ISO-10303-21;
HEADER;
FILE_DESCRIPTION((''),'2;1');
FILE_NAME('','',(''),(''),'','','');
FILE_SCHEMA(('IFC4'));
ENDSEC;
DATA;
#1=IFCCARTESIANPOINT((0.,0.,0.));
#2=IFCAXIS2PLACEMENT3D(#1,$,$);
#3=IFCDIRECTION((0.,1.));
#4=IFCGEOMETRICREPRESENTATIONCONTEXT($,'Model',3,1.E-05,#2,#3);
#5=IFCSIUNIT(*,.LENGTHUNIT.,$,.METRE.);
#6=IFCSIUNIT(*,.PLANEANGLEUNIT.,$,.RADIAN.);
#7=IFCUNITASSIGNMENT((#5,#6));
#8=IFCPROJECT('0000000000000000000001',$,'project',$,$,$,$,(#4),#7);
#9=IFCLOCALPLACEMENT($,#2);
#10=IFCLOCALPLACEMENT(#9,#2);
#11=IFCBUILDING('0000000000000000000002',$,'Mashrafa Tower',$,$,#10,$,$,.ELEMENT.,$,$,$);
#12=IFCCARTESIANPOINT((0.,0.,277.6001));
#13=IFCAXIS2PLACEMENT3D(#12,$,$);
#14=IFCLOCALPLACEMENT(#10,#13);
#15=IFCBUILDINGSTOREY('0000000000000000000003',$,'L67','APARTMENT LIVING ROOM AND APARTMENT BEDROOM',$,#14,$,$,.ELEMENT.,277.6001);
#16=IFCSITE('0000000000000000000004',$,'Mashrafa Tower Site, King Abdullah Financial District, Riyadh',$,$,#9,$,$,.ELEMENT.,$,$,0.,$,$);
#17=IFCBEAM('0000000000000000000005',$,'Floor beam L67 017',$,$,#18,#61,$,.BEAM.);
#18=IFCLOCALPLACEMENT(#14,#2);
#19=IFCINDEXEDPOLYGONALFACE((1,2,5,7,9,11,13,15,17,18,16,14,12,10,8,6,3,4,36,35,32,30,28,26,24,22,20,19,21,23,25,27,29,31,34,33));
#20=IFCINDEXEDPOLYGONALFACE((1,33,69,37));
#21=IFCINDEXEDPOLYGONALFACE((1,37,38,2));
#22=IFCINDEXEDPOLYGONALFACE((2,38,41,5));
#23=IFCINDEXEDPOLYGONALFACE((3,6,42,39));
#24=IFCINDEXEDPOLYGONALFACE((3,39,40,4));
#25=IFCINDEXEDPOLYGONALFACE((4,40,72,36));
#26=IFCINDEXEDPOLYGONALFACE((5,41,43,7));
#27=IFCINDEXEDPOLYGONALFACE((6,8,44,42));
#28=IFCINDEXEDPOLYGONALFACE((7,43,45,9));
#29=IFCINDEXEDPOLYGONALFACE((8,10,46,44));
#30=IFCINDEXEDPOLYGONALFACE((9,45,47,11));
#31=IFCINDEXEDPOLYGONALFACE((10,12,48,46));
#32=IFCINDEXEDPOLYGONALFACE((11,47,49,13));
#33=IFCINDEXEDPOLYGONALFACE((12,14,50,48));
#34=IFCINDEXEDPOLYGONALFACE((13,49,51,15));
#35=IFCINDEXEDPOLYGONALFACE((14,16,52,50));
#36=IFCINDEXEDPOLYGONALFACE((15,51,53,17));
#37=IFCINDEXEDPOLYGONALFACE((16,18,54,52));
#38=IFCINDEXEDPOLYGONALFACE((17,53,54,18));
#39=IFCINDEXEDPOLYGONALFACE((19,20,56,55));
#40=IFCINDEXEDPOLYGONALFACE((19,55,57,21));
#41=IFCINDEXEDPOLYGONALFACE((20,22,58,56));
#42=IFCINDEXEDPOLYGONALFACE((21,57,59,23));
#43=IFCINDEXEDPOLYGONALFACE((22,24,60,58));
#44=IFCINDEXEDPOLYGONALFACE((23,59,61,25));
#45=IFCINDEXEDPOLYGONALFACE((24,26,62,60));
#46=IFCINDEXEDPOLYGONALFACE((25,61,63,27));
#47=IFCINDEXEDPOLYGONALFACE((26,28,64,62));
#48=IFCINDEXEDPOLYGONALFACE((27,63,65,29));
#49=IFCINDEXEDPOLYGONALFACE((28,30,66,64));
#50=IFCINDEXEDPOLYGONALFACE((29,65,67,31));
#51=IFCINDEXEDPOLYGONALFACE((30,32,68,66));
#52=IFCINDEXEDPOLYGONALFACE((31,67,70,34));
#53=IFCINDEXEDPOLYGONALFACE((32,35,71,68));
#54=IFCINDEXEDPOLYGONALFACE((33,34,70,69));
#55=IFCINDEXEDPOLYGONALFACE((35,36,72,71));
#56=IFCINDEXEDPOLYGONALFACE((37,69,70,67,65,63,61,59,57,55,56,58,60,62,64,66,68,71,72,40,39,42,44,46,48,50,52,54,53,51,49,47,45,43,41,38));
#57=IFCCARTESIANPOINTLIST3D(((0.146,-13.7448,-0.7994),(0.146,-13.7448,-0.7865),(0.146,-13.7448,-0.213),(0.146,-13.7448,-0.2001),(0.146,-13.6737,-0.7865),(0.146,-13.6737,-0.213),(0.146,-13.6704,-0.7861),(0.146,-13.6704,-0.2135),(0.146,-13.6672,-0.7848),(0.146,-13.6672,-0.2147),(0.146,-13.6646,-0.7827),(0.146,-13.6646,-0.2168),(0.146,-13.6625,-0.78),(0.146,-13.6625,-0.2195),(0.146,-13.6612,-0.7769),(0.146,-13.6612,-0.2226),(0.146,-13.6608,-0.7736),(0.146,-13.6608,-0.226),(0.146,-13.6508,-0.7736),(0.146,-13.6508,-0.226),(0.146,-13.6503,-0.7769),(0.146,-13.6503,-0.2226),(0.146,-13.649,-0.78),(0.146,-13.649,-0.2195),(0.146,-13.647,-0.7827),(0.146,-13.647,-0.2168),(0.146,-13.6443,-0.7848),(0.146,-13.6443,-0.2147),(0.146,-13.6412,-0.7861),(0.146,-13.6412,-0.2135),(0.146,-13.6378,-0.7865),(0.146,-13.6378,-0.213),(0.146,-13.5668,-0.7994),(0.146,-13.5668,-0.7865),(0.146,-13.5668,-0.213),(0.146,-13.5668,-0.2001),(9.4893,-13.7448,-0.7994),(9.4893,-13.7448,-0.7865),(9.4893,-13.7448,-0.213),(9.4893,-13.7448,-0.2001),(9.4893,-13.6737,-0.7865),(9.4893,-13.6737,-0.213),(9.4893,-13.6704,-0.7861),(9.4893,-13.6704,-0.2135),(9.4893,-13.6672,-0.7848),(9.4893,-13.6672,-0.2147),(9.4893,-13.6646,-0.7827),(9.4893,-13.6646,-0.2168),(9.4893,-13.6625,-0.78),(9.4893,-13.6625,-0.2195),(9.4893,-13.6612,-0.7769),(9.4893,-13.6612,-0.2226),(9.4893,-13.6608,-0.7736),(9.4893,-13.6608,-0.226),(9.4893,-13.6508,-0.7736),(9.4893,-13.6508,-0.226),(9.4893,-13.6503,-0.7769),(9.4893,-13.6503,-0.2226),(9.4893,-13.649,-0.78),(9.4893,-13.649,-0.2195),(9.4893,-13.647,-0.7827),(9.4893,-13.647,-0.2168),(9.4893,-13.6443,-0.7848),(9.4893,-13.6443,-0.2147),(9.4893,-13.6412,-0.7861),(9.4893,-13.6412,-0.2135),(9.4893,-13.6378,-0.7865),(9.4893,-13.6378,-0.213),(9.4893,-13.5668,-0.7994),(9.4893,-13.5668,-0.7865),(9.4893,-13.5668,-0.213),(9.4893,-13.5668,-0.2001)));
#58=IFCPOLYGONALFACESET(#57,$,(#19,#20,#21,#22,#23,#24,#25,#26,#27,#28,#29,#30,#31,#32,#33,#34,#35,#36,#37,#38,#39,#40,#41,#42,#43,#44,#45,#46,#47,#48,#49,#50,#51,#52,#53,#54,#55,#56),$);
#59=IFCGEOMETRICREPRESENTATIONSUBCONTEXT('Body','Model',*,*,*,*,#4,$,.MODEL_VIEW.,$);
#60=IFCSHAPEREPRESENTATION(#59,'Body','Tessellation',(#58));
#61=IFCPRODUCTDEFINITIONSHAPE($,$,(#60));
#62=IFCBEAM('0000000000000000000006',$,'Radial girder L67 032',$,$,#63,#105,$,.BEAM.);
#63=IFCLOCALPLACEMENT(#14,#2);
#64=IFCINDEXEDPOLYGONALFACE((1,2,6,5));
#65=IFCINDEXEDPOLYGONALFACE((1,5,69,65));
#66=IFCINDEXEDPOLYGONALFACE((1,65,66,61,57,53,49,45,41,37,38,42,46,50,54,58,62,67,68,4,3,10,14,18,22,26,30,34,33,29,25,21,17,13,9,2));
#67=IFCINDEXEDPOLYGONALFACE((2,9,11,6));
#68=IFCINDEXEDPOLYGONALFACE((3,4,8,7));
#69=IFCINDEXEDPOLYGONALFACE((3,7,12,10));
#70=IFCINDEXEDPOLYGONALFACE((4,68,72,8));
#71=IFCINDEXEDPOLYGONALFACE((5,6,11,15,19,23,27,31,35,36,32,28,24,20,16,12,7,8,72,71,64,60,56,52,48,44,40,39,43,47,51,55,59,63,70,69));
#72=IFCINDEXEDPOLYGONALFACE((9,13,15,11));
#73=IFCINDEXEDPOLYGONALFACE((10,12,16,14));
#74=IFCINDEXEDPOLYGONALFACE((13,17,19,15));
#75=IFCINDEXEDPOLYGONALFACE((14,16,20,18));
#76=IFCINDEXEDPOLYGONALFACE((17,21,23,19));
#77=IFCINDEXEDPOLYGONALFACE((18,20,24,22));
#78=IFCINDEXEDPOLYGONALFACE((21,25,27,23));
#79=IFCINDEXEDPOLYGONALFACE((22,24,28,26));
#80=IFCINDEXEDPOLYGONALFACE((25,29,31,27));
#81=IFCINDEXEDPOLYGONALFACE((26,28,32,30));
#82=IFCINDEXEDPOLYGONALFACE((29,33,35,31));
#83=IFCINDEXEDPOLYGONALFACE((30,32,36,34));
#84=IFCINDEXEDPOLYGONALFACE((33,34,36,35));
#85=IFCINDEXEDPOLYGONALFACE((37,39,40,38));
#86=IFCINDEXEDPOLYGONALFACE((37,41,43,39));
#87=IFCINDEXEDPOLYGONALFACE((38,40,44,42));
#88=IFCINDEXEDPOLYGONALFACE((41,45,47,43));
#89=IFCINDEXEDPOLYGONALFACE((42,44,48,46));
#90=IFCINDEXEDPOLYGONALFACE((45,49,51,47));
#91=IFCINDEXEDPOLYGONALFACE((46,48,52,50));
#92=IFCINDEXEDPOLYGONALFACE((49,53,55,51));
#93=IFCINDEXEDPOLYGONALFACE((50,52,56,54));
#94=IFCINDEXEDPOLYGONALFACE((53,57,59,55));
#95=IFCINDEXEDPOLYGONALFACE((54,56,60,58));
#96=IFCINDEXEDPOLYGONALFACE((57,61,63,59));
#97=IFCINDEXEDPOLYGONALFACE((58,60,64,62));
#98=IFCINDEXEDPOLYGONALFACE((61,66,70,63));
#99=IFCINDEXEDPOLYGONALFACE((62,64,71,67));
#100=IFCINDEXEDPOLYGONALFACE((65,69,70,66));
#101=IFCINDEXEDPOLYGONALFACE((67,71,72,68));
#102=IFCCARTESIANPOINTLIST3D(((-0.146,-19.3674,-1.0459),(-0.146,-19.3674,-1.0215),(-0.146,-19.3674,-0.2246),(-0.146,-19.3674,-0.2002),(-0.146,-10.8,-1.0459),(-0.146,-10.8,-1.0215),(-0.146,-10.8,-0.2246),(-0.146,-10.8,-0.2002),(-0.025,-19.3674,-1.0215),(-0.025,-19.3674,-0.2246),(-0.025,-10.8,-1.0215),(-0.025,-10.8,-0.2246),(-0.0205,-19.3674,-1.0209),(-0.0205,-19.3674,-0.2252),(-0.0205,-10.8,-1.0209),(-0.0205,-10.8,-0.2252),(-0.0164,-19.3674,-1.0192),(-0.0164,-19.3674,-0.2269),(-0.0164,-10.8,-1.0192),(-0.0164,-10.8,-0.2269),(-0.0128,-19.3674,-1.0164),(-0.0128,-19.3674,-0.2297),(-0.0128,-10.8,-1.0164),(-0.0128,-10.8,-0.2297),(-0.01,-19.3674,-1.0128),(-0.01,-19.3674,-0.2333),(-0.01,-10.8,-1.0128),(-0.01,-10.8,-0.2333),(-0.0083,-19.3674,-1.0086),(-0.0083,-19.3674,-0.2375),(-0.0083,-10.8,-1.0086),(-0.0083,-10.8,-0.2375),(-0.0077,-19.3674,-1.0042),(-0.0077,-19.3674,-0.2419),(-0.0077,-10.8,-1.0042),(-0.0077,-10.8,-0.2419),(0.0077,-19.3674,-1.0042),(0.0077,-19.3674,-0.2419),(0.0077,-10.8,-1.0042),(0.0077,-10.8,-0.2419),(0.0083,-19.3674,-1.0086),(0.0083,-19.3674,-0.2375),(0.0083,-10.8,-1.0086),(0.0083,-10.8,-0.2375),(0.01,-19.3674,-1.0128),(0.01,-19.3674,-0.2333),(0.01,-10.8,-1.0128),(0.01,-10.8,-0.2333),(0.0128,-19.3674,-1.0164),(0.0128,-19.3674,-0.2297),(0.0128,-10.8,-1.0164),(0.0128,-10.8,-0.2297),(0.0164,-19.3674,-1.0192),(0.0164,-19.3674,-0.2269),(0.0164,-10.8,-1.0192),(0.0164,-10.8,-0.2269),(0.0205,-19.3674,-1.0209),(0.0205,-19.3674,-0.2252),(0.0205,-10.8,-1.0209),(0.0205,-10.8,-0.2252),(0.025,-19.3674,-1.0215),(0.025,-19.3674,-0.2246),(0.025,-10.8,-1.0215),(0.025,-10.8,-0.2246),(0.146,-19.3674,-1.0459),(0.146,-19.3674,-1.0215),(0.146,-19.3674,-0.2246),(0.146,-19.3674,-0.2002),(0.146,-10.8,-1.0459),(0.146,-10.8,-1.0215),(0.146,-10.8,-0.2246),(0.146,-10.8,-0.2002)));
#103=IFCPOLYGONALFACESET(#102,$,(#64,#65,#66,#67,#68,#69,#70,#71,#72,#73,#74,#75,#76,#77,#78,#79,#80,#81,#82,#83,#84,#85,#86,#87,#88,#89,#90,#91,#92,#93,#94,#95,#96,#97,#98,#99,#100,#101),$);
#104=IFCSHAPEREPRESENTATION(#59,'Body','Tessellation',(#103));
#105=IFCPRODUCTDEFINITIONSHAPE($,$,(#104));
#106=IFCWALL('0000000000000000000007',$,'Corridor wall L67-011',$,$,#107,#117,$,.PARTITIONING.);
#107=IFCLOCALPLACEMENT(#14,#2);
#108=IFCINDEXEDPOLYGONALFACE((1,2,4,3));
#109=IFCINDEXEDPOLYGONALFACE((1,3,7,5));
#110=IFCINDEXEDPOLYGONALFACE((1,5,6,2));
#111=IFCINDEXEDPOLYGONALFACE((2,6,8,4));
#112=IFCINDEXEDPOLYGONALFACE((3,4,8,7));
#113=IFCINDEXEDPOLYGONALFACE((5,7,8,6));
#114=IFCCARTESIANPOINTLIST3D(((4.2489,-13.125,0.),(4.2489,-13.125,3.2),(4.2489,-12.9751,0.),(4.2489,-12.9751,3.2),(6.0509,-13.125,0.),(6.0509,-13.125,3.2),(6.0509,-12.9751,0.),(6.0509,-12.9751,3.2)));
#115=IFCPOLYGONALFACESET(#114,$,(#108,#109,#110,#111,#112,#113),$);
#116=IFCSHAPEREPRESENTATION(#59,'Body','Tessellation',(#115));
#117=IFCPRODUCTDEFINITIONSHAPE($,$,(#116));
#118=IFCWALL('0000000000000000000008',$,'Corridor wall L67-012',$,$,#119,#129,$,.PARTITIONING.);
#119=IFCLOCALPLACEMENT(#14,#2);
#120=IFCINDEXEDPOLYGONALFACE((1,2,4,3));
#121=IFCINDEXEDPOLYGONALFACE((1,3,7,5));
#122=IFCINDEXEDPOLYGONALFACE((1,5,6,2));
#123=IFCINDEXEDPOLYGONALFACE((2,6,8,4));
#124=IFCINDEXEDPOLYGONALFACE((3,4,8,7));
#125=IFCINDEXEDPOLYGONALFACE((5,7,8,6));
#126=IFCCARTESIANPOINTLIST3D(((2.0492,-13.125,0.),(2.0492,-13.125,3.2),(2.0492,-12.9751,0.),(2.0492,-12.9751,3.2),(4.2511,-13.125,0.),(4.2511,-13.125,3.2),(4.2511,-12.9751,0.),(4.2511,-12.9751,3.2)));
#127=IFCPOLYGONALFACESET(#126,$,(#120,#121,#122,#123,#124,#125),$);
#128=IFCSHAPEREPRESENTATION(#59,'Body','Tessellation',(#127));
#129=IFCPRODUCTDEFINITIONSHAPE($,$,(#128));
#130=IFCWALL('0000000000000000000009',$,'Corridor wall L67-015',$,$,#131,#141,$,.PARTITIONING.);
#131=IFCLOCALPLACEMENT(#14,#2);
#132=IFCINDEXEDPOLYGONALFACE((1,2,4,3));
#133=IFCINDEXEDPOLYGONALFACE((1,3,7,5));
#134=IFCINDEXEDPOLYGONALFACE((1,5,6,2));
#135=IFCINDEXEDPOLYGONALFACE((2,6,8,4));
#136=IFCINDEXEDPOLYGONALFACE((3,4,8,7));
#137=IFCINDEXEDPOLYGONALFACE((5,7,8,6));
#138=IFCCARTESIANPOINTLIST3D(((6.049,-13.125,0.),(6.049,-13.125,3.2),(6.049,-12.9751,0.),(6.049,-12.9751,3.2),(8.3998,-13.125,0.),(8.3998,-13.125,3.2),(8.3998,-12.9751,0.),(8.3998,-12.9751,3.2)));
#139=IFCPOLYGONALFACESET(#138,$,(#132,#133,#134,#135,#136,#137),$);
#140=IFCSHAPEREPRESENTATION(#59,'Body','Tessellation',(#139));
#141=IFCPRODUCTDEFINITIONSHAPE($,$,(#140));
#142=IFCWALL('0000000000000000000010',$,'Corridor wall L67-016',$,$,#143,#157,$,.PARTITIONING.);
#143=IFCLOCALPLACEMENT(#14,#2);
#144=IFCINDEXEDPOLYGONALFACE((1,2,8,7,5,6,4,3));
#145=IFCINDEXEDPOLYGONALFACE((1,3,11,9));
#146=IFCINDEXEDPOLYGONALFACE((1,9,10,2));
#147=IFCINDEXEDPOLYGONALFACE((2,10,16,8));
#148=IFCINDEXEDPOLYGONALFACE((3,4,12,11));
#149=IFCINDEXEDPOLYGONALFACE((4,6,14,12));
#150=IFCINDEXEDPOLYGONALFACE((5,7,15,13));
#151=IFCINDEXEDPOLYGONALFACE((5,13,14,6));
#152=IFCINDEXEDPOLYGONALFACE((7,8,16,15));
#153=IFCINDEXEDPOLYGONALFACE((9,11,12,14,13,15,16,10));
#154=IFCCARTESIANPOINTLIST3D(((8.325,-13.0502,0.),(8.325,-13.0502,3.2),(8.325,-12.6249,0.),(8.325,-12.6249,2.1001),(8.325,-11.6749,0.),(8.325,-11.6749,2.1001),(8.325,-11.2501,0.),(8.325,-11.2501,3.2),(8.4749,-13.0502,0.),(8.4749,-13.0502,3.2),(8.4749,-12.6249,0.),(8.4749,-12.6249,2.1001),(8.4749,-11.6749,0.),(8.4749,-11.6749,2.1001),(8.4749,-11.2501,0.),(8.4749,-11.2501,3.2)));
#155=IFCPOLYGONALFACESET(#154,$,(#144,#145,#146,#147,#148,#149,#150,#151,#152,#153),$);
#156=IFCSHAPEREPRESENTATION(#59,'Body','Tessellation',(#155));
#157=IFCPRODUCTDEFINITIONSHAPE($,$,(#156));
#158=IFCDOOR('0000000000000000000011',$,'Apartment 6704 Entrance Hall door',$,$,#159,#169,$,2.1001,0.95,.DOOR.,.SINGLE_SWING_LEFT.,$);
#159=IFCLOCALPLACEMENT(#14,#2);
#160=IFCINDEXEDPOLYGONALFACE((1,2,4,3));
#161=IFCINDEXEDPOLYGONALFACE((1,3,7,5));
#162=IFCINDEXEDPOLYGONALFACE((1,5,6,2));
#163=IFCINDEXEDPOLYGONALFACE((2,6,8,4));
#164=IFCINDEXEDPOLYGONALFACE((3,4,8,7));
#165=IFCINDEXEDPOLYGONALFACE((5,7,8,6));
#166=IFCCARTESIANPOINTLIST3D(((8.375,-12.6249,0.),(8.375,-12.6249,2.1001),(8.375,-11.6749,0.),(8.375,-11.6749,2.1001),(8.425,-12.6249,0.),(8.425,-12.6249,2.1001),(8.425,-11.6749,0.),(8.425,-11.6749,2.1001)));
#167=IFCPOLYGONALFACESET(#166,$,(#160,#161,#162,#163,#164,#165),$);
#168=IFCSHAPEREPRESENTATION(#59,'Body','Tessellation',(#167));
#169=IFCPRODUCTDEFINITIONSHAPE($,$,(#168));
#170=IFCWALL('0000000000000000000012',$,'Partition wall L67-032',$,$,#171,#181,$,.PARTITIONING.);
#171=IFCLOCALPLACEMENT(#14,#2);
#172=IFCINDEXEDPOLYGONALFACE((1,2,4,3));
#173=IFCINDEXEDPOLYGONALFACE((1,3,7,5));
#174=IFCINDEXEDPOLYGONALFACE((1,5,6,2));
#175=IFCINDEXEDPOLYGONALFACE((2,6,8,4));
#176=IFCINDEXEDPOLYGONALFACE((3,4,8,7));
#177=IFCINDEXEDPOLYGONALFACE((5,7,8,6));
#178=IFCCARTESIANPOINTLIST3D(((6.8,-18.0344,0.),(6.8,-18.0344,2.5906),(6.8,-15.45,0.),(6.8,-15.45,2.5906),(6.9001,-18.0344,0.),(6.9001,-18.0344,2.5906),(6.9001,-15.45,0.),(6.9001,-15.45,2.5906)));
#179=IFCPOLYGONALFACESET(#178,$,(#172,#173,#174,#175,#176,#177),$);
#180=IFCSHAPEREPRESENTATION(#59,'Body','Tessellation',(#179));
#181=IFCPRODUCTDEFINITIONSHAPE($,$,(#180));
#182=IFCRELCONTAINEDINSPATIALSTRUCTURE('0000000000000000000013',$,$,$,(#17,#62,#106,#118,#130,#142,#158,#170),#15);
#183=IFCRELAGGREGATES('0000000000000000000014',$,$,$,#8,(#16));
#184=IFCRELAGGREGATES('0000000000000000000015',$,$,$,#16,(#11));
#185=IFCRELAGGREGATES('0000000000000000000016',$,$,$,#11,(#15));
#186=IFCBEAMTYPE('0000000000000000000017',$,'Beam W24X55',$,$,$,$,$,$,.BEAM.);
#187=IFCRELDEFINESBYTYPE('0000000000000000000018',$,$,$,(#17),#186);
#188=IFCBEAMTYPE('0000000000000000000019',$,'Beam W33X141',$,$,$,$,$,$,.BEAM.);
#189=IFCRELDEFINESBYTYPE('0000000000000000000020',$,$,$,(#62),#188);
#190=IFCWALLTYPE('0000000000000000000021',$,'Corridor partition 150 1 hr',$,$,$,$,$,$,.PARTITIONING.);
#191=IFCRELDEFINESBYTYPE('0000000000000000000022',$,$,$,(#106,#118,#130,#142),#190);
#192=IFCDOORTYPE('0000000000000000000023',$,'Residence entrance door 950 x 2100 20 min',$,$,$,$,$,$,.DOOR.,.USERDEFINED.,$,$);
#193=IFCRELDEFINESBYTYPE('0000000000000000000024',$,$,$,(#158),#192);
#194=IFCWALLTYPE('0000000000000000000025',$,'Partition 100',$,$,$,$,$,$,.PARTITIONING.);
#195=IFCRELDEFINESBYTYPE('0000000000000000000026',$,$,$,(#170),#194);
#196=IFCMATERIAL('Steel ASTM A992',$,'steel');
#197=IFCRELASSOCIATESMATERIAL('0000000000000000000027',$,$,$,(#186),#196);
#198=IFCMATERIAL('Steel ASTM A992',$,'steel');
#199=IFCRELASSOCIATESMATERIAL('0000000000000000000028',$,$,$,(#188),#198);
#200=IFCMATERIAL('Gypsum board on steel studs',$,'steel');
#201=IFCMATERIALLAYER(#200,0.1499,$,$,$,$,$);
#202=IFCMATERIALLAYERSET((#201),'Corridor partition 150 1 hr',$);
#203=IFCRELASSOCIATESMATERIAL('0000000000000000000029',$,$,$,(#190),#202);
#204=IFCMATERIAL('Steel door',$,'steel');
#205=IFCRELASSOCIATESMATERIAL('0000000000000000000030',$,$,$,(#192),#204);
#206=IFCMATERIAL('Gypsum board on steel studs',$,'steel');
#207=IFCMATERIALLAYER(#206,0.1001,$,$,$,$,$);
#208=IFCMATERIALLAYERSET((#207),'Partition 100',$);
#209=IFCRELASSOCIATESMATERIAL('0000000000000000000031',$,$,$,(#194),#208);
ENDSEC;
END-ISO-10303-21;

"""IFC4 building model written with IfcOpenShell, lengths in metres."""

from ifc_helpers import new_model, si_unit, direction, frame, frame_2d, origin, origin_2d, place, context, subcontext, project, spatial, rectangle, i_section, extrude, material, layer, layer_set, material_profile, profile_set, type_object, element, fill, save


model = new_model("IFC4")

# Units and contexts
model_context = context("Model", 3, precision=1e-05, world=origin(), true_north=direction((0.0, 1.0)))
body_context = subcontext(model_context, "Body", "Model", "MODEL_VIEW")
ifc_project = project(units=[si_unit("LENGTHUNIT", "METRE"), si_unit("PLANEANGLEUNIT", "RADIAN")], contexts=[model_context])

# Site, building, storey
site_placement = place(None, origin())
site = spatial("IfcSite", under=ifc_project, at=site_placement, Name="Mashrafa Tower Site, King Abdullah Financial District, Riyadh", CompositionType="ELEMENT", RefElevation=0.0)
building_placement = place(site_placement, origin())
building = spatial("IfcBuilding", under=site, at=building_placement, Name="Mashrafa Tower", CompositionType="ELEMENT")
storey_placement = place(building_placement, frame((0.0, 0.0, 277.6001)))
storey = spatial("IfcBuildingStorey", under=building, at=storey_placement, Name="L67", Description="APARTMENT LIVING ROOM AND APARTMENT BEDROOM", CompositionType="ELEMENT", Elevation=277.6001)

# Beams
ifc_material_1 = material(Name="Steel ASTM A992", Category="steel")
ifc_material_profile_1 = material_profile(ifc_material_1, i_section(OverallWidth=0.178, OverallDepth=0.5994, WebThickness=0.01, FlangeThickness=0.0129, FilletRadius=0.0129, at=origin_2d()), Name="W24X55")
ifc_profile_set_1 = profile_set([ifc_material_profile_1], Name="Steel ASTM A992")
beam_type_1 = type_object("IfcBeamType", Name="Beam W24X55", PredefinedType="BEAM", material=ifc_profile_set_1)
beam_1_placement = place(storey_placement, frame((9.4893, -13.6558, -0.4998), z_axis=(-1.0, 0.0, 0.0), x_axis=(0.0, -1.0, 0.0)))
element("IfcBeam", 1, at=beam_1_placement, inside=storey, type_object=beam_type_1, Name="Floor beam L67 017", PredefinedType="BEAM", context=body_context, shape_type="SweptSolid", body=[
    extrude(i_section(OverallWidth=0.178, OverallDepth=0.5994, WebThickness=0.01, FlangeThickness=0.0129, FilletRadius=0.0129, at=origin_2d()), origin(), (0.0, 0.0, 1.0), 9.3433),
])
ifc_material_2 = material(Name="Steel ASTM A992", Category="steel")
ifc_material_profile_2 = material_profile(ifc_material_2, i_section(OverallWidth=0.292, OverallDepth=0.8457, WebThickness=0.0154, FlangeThickness=0.0244, FilletRadius=0.0173, at=origin_2d()), Name="W33X141")
ifc_profile_set_2 = profile_set([ifc_material_profile_2], Name="Steel ASTM A992")
beam_type_2 = type_object("IfcBeamType", Name="Beam W33X141", PredefinedType="BEAM", material=ifc_profile_set_2)
beam_2_placement = place(storey_placement, frame((0.0, -10.8, -0.623), z_axis=(0.0, -1.0, 0.0), x_axis=(1.0, 0.0, 0.0)))
element("IfcBeam", 2, at=beam_2_placement, inside=storey, type_object=beam_type_2, Name="Radial girder L67 032", PredefinedType="BEAM", context=body_context, shape_type="SweptSolid", body=[
    extrude(i_section(OverallWidth=0.292, OverallDepth=0.8457, WebThickness=0.0154, FlangeThickness=0.0244, FilletRadius=0.0173, at=origin_2d()), origin(), (0.0, 0.0, 1.0), 8.5674),
])

# Walls
ifc_material_3 = material(Name="Gypsum board on steel studs", Category="steel")
ifc_layer_1 = layer(ifc_material_3, 0.1499)
ifc_layer_set_1 = layer_set([ifc_layer_1], Name="Corridor partition 150 1 hr")
wall_type_1 = type_object("IfcWallType", Name="Corridor partition 150 1 hr", PredefinedType="PARTITIONING", material=ifc_layer_set_1)
wall_1_placement = place(storey_placement, frame((4.249, -13.05, 0.0), z_axis=(0.0, 0.0, 1.0), x_axis=(1.0, 0.0, 0.0)))
element("IfcWall", 3, at=wall_1_placement, inside=storey, type_object=wall_type_1, Name="Corridor wall L67-011", PredefinedType="PARTITIONING", context=body_context, shape_type="SweptSolid", body=[
    extrude(rectangle(XDim=1.802, YDim=0.1499, at=frame_2d((0.9009, 0.0))), origin(), (0.0, 0.0, 1.0), 3.2),
])
wall_2_placement = place(storey_placement, frame((2.0491, -13.05, 0.0), z_axis=(0.0, 0.0, 1.0), x_axis=(1.0, 0.0, 0.0)))
element("IfcWall", 4, at=wall_2_placement, inside=storey, type_object=wall_type_1, Name="Corridor wall L67-012", PredefinedType="PARTITIONING", context=body_context, shape_type="SweptSolid", body=[
    extrude(rectangle(XDim=2.2019, YDim=0.1499, at=frame_2d((1.1011, 0.0))), origin(), (0.0, 0.0, 1.0), 3.2),
])
wall_3_placement = place(storey_placement, frame((6.0491, -13.05, 0.0), z_axis=(0.0, 0.0, 1.0), x_axis=(1.0, 0.0, 0.0)))
element("IfcWall", 5, at=wall_3_placement, inside=storey, type_object=wall_type_1, Name="Corridor wall L67-015", PredefinedType="PARTITIONING", context=body_context, shape_type="SweptSolid", body=[
    extrude(rectangle(XDim=2.3508, YDim=0.1499, at=frame_2d((1.1753, 0.0))), origin(), (0.0, 0.0, 1.0), 3.2),
])

# Wall, opening, door
wall_4_placement = place(storey_placement, frame((8.3999, -13.05, 0.0), z_axis=(0.0, 0.0, 1.0), x_axis=(0.0, 1.0, 0.0)))
wall_4 = element("IfcWall", 6, at=wall_4_placement, inside=storey, type_object=wall_type_1, Name="Corridor wall L67-016", PredefinedType="PARTITIONING", context=body_context, shape_type="SweptSolid", body=[
    extrude(rectangle(XDim=1.8, YDim=0.1499, at=frame_2d((0.8999, 0.0))), origin(), (0.0, 0.0, 1.0), 3.2),
])
opening_1_placement = place(wall_4_placement, frame((0.425, 0.0, 0.0)))
opening_1 = element("IfcOpeningElement", 7, at=opening_1_placement, cuts=wall_4, PredefinedType="OPENING", context=body_context, shape_type="SweptSolid", body=[
    extrude(rectangle(XDim=0.95, YDim=2.1001, at=frame_2d((0.4751, 1.05))), frame((0.0, 0.085, 0.0), z_axis=(0.0, -1.0, 0.0), x_axis=(1.0, 0.0, 0.0)), (0.0, 0.0, 1.0), 0.1699),
])
ifc_material_4 = material(Name="Steel door", Category="steel")
door_type_1 = type_object("IfcDoorType", Name="Residence entrance door 950 x 2100 20 min", OperationType="USERDEFINED", PredefinedType="DOOR", material=ifc_material_4)
door_1_placement = place(opening_1_placement, origin())
door_1 = element("IfcDoor", 8, at=door_1_placement, inside=storey, type_object=door_type_1, Name="Apartment 6704 Entrance Hall door", OperationType="SINGLE_SWING_LEFT", OverallHeight=2.1001, OverallWidth=0.95, PredefinedType="DOOR", context=body_context, shape_type="SweptSolid", body=[
    extrude(rectangle(XDim=0.95, YDim=2.1001, at=frame_2d((0.4751, 1.05))), frame((0.0, 0.0249, 0.0), z_axis=(0.0, -1.0, 0.0), x_axis=(1.0, 0.0, 0.0)), (0.0, 0.0, 1.0), 0.05),
])
fill(opening_1, door_1)

# Wall
ifc_material_5 = material(Name="Gypsum board on steel studs", Category="steel")
ifc_layer_2 = layer(ifc_material_5, 0.1001)
ifc_layer_set_2 = layer_set([ifc_layer_2], Name="Partition 100")
wall_type_2 = type_object("IfcWallType", Name="Partition 100", PredefinedType="PARTITIONING", material=ifc_layer_set_2)
wall_5_placement = place(storey_placement, frame((6.8501, -15.45, 0.0), z_axis=(0.0, 0.0, 1.0), x_axis=(0.0, -1.0, 0.0)))
element("IfcWall", 9, at=wall_5_placement, inside=storey, type_object=wall_type_2, Name="Partition wall L67-032", PredefinedType="PARTITIONING", context=body_context, shape_type="SweptSolid", body=[
    extrude(rectangle(XDim=2.5845, YDim=0.1001, at=frame_2d((1.2922, 0.0))), origin(), (0.0, 0.0, 1.0), 2.5906),
])

save(model, "model.ifc")
